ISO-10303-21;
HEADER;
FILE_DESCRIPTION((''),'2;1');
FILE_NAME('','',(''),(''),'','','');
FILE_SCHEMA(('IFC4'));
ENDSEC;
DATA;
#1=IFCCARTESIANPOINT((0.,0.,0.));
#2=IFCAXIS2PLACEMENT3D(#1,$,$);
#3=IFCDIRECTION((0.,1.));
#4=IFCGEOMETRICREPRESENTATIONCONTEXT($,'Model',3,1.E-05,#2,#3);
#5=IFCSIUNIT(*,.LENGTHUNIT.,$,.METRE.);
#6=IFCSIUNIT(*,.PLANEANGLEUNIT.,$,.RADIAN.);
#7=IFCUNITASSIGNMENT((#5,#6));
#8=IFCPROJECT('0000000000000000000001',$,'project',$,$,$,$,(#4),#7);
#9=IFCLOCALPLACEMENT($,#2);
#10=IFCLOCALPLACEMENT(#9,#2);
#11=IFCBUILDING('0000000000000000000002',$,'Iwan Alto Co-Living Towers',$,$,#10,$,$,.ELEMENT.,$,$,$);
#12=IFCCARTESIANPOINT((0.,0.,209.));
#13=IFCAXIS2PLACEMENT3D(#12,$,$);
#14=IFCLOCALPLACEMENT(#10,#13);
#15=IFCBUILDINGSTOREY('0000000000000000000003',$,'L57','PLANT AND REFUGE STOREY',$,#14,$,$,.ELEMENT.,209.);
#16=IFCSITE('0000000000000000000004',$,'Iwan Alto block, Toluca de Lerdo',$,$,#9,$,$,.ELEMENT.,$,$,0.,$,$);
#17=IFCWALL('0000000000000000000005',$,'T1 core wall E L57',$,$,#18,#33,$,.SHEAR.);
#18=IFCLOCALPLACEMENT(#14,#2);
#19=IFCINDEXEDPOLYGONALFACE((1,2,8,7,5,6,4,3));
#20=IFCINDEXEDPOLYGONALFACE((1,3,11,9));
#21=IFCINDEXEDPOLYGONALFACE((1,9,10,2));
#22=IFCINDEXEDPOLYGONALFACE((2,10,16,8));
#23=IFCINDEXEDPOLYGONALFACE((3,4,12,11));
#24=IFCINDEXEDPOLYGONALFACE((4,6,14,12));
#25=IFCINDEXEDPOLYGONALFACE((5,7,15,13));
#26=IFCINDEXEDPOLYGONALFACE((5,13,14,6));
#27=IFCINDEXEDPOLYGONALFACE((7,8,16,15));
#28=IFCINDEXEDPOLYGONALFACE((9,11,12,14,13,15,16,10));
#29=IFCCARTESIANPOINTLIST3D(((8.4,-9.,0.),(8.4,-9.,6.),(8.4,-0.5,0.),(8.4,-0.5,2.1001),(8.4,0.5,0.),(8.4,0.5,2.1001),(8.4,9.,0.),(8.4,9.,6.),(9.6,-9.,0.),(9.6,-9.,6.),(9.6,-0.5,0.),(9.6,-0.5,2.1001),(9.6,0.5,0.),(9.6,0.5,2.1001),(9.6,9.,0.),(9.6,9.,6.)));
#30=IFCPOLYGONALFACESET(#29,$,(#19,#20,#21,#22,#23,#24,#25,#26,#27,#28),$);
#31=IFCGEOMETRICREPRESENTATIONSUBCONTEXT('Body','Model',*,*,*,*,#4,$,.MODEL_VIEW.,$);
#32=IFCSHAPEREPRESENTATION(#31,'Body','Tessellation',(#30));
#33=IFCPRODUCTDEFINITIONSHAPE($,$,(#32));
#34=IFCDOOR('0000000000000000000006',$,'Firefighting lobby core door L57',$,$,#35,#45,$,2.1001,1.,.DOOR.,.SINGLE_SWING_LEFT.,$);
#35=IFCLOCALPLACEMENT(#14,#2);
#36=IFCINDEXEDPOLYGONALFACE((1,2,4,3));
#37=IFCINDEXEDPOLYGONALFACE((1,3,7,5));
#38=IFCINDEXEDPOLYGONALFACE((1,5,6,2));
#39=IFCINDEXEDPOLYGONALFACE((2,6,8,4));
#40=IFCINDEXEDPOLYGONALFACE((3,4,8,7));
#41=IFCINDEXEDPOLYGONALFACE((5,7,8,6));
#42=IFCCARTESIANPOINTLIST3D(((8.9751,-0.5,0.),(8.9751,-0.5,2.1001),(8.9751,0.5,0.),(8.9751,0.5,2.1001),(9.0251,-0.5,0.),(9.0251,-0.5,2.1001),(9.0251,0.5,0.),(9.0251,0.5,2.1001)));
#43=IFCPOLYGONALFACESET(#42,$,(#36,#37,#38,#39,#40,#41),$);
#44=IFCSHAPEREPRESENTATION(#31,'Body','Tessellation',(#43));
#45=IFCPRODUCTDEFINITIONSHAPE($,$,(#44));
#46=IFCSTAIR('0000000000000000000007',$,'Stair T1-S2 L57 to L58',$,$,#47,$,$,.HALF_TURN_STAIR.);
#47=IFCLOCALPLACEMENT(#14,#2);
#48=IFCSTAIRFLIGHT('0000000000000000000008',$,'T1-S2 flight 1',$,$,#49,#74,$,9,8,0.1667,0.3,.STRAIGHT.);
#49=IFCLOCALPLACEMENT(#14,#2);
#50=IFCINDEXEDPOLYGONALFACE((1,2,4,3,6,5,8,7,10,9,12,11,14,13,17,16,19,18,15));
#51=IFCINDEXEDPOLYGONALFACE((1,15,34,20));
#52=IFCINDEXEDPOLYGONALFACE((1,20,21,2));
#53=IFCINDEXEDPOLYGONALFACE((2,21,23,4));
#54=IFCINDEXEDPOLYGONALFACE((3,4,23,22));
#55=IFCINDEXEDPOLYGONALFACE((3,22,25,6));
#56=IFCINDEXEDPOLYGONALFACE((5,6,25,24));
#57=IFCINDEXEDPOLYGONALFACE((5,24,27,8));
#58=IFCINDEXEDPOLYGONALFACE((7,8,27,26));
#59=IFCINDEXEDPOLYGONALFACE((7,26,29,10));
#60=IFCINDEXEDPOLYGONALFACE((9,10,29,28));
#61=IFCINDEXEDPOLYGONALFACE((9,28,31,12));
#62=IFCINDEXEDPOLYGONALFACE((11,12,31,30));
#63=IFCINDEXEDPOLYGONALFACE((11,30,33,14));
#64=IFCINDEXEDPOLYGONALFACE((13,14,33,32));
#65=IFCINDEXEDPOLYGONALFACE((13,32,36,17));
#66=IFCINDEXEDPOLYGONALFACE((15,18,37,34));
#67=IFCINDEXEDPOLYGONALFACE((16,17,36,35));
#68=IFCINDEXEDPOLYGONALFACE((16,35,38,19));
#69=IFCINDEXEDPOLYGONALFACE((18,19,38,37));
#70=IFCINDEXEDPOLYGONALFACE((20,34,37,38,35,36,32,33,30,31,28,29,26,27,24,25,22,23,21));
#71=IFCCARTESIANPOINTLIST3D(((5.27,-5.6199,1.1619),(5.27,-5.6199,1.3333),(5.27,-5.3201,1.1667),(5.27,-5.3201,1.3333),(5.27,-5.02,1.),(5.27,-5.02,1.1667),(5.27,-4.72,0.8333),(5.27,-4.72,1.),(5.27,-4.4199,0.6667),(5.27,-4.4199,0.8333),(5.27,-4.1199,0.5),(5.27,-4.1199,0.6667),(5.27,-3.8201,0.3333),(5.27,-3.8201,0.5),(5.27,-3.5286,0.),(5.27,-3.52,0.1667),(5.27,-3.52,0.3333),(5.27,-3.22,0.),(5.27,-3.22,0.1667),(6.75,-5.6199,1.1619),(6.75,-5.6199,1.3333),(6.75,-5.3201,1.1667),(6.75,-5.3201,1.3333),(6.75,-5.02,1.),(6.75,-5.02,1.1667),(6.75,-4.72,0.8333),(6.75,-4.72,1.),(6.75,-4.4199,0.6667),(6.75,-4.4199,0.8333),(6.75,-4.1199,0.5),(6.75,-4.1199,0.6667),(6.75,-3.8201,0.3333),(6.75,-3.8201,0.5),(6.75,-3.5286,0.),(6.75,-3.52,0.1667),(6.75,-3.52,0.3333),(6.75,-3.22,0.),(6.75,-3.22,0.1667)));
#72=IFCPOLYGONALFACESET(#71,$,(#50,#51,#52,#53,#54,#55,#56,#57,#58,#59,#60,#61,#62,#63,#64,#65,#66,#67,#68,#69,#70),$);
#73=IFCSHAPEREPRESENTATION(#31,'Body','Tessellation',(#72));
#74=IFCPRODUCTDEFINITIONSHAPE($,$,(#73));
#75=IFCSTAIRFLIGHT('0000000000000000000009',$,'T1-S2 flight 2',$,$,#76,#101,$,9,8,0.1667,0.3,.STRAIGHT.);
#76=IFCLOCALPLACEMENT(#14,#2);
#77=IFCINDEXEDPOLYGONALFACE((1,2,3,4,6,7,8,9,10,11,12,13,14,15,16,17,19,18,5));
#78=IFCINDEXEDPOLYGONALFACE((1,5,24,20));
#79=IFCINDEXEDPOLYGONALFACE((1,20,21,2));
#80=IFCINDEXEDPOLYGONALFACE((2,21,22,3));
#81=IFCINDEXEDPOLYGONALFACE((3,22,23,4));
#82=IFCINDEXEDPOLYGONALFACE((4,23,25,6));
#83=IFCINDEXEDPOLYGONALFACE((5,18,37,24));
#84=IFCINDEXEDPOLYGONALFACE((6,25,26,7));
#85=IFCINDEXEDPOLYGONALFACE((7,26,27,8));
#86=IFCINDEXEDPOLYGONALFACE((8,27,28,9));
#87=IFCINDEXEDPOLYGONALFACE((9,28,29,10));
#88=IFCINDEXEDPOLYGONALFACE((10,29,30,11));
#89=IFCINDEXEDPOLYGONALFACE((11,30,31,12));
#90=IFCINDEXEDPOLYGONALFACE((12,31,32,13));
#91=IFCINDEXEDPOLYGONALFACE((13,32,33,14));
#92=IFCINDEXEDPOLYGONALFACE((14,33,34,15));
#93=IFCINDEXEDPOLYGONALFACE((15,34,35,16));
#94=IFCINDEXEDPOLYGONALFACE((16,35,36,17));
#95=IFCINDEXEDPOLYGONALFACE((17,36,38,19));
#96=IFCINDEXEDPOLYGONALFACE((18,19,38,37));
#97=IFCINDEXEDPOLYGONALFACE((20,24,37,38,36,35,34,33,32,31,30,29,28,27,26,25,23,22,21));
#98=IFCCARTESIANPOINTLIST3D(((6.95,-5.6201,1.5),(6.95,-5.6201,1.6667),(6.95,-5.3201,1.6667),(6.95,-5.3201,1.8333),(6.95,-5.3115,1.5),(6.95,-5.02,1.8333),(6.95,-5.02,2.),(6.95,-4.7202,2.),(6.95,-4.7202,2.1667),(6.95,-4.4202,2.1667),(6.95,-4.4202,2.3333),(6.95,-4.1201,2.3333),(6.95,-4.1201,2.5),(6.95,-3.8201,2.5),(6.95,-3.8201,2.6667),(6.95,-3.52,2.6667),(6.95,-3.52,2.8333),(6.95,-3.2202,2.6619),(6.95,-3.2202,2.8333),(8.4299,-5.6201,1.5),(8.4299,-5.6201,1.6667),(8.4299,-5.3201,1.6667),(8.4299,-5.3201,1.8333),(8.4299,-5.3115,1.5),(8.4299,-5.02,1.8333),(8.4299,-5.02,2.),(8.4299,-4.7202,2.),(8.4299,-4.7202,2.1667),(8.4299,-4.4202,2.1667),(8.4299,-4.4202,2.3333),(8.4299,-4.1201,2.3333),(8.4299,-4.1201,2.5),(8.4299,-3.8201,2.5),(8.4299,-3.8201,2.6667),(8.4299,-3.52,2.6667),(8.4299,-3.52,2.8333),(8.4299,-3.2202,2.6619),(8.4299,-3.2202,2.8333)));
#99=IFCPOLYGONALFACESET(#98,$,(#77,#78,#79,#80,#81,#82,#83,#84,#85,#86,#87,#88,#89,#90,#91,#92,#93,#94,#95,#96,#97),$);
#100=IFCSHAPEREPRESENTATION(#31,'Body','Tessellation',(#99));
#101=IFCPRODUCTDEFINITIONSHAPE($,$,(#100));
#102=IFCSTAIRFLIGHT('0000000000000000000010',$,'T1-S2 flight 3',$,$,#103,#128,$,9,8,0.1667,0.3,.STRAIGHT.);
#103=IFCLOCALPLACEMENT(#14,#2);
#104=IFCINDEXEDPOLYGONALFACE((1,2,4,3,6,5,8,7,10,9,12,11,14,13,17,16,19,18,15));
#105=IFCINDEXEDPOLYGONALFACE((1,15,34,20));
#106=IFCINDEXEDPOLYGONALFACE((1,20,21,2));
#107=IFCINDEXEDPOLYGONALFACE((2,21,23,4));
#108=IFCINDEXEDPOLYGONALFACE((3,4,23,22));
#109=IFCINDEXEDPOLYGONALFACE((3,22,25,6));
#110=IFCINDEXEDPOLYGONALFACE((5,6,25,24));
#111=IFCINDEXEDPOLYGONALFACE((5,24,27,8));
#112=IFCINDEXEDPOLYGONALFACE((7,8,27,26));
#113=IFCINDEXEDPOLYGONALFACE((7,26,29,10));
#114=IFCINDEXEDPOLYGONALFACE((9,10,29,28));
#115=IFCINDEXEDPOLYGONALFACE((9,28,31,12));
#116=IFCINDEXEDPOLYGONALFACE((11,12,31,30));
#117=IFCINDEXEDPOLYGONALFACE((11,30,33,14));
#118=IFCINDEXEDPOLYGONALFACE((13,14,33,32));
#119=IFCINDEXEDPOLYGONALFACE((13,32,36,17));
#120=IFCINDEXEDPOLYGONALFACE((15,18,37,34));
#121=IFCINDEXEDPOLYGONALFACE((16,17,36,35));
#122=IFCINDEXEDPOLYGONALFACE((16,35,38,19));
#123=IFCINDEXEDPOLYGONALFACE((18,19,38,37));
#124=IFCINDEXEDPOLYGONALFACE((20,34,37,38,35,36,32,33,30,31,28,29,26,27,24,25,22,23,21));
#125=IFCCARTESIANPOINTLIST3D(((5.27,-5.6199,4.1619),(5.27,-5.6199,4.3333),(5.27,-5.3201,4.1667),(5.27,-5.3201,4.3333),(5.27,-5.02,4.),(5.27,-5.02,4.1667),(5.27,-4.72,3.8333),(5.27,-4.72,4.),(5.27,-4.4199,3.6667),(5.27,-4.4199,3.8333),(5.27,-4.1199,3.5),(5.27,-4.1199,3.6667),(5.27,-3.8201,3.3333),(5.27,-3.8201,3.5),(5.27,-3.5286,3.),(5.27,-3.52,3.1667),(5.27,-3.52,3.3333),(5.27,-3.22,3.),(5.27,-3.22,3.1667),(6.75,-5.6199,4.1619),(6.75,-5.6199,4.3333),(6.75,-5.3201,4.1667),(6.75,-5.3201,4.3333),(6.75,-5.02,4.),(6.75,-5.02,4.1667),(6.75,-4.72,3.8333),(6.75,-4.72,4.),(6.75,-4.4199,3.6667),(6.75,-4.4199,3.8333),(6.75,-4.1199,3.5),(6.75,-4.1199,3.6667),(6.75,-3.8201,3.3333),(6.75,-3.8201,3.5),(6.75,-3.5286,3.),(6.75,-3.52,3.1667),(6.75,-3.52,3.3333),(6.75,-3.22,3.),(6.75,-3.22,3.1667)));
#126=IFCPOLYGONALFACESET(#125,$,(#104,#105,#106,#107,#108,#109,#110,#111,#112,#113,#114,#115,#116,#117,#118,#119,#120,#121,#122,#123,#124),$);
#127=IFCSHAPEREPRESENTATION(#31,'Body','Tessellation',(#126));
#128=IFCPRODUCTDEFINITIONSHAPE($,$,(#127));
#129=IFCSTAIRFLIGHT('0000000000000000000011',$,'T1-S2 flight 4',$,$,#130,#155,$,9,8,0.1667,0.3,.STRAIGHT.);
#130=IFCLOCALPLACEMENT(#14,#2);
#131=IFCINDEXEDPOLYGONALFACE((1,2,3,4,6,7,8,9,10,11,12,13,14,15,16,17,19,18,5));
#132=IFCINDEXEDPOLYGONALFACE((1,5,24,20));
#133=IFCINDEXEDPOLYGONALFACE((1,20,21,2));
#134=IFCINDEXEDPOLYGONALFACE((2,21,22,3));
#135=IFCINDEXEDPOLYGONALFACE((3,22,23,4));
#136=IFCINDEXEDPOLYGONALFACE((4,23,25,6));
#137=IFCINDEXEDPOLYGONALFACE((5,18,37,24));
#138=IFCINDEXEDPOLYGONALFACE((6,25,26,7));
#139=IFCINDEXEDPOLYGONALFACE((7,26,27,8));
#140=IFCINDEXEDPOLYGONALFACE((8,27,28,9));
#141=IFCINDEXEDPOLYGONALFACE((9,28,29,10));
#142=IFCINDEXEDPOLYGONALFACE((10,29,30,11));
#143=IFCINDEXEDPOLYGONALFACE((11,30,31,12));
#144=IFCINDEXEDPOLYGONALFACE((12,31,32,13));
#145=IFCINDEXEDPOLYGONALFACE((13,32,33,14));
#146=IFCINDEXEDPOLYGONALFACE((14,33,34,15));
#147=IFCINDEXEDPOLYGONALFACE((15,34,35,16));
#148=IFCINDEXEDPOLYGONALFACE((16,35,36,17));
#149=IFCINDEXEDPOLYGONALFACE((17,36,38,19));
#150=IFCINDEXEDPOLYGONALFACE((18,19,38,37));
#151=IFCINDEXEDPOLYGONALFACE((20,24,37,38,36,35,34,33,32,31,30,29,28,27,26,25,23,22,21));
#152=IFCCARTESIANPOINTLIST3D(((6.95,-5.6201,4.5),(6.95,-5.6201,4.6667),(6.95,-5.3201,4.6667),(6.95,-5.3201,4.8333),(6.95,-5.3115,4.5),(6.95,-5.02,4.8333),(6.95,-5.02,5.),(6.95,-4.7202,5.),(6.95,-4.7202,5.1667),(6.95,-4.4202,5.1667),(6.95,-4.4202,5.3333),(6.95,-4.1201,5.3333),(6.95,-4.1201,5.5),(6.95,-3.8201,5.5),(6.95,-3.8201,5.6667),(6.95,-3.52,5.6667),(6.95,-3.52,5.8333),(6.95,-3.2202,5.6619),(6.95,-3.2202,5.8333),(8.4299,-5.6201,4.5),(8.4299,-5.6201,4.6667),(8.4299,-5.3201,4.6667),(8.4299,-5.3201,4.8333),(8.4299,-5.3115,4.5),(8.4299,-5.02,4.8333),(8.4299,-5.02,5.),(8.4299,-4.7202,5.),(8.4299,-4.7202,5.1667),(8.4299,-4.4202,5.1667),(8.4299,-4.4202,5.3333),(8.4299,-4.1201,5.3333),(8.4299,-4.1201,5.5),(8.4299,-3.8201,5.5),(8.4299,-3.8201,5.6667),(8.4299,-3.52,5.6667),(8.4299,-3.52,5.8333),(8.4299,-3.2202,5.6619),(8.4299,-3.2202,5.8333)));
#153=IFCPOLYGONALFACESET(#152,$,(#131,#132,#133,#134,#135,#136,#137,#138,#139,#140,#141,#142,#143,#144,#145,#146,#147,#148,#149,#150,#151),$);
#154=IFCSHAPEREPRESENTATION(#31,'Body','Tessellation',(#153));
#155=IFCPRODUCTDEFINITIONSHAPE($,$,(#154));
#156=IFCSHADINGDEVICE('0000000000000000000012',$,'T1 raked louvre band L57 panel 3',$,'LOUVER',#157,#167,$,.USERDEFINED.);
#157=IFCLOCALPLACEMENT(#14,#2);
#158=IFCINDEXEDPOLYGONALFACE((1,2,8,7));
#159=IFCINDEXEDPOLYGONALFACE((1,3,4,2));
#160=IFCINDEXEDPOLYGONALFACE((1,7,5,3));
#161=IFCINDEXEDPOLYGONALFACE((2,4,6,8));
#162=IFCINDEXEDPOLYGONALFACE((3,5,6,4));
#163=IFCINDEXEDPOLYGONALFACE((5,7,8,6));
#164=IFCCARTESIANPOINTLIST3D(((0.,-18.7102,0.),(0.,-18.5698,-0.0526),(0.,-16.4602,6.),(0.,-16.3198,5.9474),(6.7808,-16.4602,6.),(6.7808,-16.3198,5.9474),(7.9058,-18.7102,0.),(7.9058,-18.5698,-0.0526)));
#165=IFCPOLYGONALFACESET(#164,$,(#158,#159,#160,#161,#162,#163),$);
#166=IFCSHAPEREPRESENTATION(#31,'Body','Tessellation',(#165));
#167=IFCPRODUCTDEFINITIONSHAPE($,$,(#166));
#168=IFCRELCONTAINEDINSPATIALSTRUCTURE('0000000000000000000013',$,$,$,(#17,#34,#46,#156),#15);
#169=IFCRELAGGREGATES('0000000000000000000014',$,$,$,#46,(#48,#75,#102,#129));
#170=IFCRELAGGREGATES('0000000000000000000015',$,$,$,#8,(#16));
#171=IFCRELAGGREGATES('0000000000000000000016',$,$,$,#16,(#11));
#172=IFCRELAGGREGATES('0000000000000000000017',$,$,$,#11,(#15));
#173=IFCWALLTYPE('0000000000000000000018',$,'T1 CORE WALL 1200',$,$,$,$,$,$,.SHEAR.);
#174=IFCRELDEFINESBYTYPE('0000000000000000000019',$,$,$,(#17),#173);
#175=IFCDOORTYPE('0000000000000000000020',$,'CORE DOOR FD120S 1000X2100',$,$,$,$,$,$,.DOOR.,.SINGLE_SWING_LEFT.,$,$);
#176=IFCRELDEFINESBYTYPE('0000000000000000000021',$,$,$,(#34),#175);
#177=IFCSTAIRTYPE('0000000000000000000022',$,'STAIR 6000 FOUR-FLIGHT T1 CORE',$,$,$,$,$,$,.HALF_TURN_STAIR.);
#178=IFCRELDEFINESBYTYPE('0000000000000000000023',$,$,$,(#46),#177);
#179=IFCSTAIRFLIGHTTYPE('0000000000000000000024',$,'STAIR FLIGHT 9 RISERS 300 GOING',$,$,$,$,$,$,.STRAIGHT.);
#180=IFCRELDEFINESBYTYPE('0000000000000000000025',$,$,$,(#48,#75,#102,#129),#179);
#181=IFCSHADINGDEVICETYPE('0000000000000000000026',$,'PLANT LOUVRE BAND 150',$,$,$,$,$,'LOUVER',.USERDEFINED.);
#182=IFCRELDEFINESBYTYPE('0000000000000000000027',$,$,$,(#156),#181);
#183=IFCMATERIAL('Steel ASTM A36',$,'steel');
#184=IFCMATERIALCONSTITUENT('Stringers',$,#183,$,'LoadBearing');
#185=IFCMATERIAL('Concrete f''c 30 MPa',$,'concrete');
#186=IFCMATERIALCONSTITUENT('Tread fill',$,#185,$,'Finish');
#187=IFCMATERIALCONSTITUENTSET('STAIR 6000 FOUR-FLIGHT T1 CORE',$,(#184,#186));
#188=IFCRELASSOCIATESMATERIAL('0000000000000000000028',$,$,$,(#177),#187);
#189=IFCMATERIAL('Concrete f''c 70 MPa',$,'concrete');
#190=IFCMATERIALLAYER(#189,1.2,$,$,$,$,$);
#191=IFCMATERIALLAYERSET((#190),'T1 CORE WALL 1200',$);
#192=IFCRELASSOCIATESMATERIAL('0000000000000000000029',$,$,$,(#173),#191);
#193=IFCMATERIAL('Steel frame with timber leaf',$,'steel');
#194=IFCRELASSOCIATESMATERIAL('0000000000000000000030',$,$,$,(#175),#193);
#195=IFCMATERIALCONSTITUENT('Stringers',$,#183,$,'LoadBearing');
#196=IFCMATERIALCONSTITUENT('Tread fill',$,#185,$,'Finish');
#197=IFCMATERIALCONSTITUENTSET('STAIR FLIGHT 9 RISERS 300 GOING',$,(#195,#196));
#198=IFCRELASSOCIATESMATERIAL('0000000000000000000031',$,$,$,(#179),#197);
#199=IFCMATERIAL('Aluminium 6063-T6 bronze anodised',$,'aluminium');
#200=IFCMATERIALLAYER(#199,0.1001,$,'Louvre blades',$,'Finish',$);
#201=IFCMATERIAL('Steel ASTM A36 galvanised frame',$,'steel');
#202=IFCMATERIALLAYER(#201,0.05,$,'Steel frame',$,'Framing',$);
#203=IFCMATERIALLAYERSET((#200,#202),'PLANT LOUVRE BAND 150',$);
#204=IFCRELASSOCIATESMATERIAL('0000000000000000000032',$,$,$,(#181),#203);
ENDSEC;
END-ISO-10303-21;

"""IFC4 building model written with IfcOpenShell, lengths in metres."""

from ifc_helpers import new_model, si_unit, direction, frame, frame_2d, origin, place, context, subcontext, project, spatial, polyline, rectangle, outline, extrude, material, layer, layer_set, constituent, constituent_set, type_object, element, fill, aggregate, save


model = new_model("IFC4")

# Units and contexts
model_context = context("Model", 3, precision=1e-05, world=origin(), true_north=direction((0.0, 1.0)))
body_context = subcontext(model_context, "Body", "Model", "MODEL_VIEW")
ifc_project = project(units=[si_unit("LENGTHUNIT", "METRE"), si_unit("PLANEANGLEUNIT", "RADIAN")], contexts=[model_context])

# Site, building, storey
site_placement = place(None, origin())
site = spatial("IfcSite", under=ifc_project, at=site_placement, Name="Iwan Alto block, Toluca de Lerdo", CompositionType="ELEMENT", RefElevation=0.0)
building_placement = place(site_placement, origin())
building = spatial("IfcBuilding", under=site, at=building_placement, Name="Iwan Alto Co-Living Towers", CompositionType="ELEMENT")
storey_placement = place(building_placement, frame((0.0, 0.0, 209.0)))
storey = spatial("IfcBuildingStorey", under=building, at=storey_placement, Name="L57", Description="PLANT AND REFUGE STOREY", CompositionType="ELEMENT", Elevation=209.0)

# Shared definitions
ifc_material_1 = material(Name="Steel ASTM A36", Category="steel")
ifc_constituent_1 = constituent(ifc_material_1, Name="Stringers", Category="LoadBearing")
ifc_material_2 = material(Name="Concrete f'c 30 MPa", Category="concrete")
ifc_constituent_2 = constituent(ifc_material_2, Name="Tread fill", Category="Finish")
ifc_constituent_set_1 = constituent_set(constituents=[ifc_constituent_1, ifc_constituent_2], Name="STAIR 6000 FOUR-FLIGHT T1 CORE")
stair_type = type_object("IfcStairType", Name="STAIR 6000 FOUR-FLIGHT T1 CORE", PredefinedType="HALF_TURN_STAIR", material=ifc_constituent_set_1)

# Wall, opening, door
ifc_material_3 = material(Name="Concrete f'c 70 MPa", Category="concrete")
ifc_layer_1 = layer(ifc_material_3, 1.2)
ifc_layer_set_1 = layer_set([ifc_layer_1], Name="T1 CORE WALL 1200")
wall_type_1 = type_object("IfcWallType", Name="T1 CORE WALL 1200", PredefinedType="SHEAR", material=ifc_layer_set_1)
wall_1_placement = place(storey_placement, frame((9.0, -9.0, 0.0), z_axis=(0.0, 0.0, 1.0), x_axis=(0.0, 1.0, 0.0)))
wall_1 = element("IfcWall", 1, at=wall_1_placement, inside=storey, type_object=wall_type_1, Name="T1 core wall E L57", PredefinedType="SHEAR", context=body_context, shape_type="SweptSolid", body=[
    extrude(rectangle(XDim=18.0, YDim=1.2, at=frame_2d((9.0, 0.0))), origin(), (0.0, 0.0, 1.0), 6.0),
])
opening_1_placement = place(wall_1_placement, frame((8.5, 0.0, 0.0)))
opening_1 = element("IfcOpeningElement", 2, at=opening_1_placement, cuts=wall_1, PredefinedType="OPENING", context=body_context, shape_type="SweptSolid", body=[
    extrude(rectangle(XDim=1.0, YDim=2.1001, at=frame_2d((0.5, 1.05))), frame((0.0, 0.6099, 0.0), z_axis=(0.0, -1.0, 0.0), x_axis=(1.0, 0.0, 0.0)), (0.0, 0.0, 1.0), 1.22),
])
ifc_material_4 = material(Name="Steel frame with timber leaf", Category="steel")
door_type_1 = type_object("IfcDoorType", Name="CORE DOOR FD120S 1000X2100", OperationType="SINGLE_SWING_LEFT", PredefinedType="DOOR", material=ifc_material_4)
door_1_placement = place(opening_1_placement, origin())
door_1 = element("IfcDoor", 3, at=door_1_placement, inside=storey, type_object=door_type_1, Name="Firefighting lobby core door L57", OperationType="SINGLE_SWING_LEFT", OverallHeight=2.1001, OverallWidth=1.0, PredefinedType="DOOR", context=body_context, shape_type="SweptSolid", body=[
    extrude(rectangle(XDim=1.0, YDim=2.1001, at=frame_2d((0.5, 1.05))), frame((0.0, 0.0249, 0.0), z_axis=(0.0, -1.0, 0.0), x_axis=(1.0, 0.0, 0.0)), (0.0, 0.0, 1.0), 0.05),
])
fill(opening_1, door_1)

# Stair, stair flights
stair_1_placement = place(storey_placement, origin())
stair_1 = element("IfcStair", 4, at=stair_1_placement, inside=storey, type_object=stair_type, Name="Stair T1-S2 L57 to L58", PredefinedType="HALF_TURN_STAIR")
ifc_constituent_3 = constituent(ifc_material_1, Name="Stringers", Category="LoadBearing")
ifc_constituent_4 = constituent(ifc_material_2, Name="Tread fill", Category="Finish")
ifc_constituent_set_2 = constituent_set(constituents=[ifc_constituent_3, ifc_constituent_4], Name="STAIR FLIGHT 9 RISERS 300 GOING")
stair_flight_type = type_object("IfcStairFlightType", Name="STAIR FLIGHT 9 RISERS 300 GOING", PredefinedType="STRAIGHT", material=ifc_constituent_set_2)
stair_flight_1_placement = place(storey_placement, frame((6.01, -3.22, 0.0), z_axis=(0.0, 0.0, 1.0), x_axis=(0.0, -1.0, 0.0)))
stair_flight_1 = element("IfcStairFlight", 5, at=stair_flight_1_placement, type_object=stair_flight_type, Name="T1-S2 flight 1", NumberOfRisers=9, NumberOfTreads=8, PredefinedType="STRAIGHT", RiserHeight=0.1667, TreadLength=0.3, context=body_context, shape_type="SweptSolid", body=[
    extrude(outline(polyline([(0.0, 0.0), (0.0, 0.1667), (0.3, 0.1667), (0.3, 0.3333), (0.6001, 0.3333), (0.6001, 0.5), (0.8999, 0.5), (0.8999, 0.6667), (1.2, 0.6667), (1.2, 0.8333), (1.5, 0.8333), (1.5, 1.0), (1.8, 1.0), (1.8, 1.1667), (2.1001, 1.1667), (2.1001, 1.3333), (2.3999, 1.3333), (2.3999, 1.5), (2.3999, 1.1619), (0.3086, 0.0), (0.0, 0.0)])), frame((0.0, 0.74, 0.0), z_axis=(0.0, -1.0, 0.0), x_axis=(1.0, 0.0, 0.0)), (0.0, 0.0, 1.0), 1.48),
])
stair_flight_2_placement = place(storey_placement, frame((7.6899, -5.6201, 1.5), z_axis=(0.0, 0.0, 1.0), x_axis=(0.0, 1.0, 0.0)))
stair_flight_2 = element("IfcStairFlight", 6, at=stair_flight_2_placement, type_object=stair_flight_type, Name="T1-S2 flight 2", NumberOfRisers=9, NumberOfTreads=8, PredefinedType="STRAIGHT", RiserHeight=0.1667, TreadLength=0.3, context=body_context, shape_type="SweptSolid", body=[
    extrude(outline(polyline([(0.0, 0.0), (0.0, 0.1667), (0.3, 0.1667), (0.3, 0.3333), (0.6001, 0.3333), (0.6001, 0.5), (0.8999, 0.5), (0.8999, 0.6667), (1.2, 0.6667), (1.2, 0.8333), (1.5, 0.8333), (1.5, 1.0), (1.8, 1.0), (1.8, 1.1667), (2.1001, 1.1667), (2.1001, 1.3333), (2.3999, 1.3333), (2.3999, 1.5), (2.3999, 1.1619), (0.3086, 0.0), (0.0, 0.0)])), frame((0.0, 0.74, 0.0), z_axis=(0.0, -1.0, 0.0), x_axis=(1.0, 0.0, 0.0)), (0.0, 0.0, 1.0), 1.48),
])
stair_flight_3_placement = place(storey_placement, frame((6.01, -3.22, 3.0), z_axis=(0.0, 0.0, 1.0), x_axis=(0.0, -1.0, 0.0)))
stair_flight_3 = element("IfcStairFlight", 7, at=stair_flight_3_placement, type_object=stair_flight_type, Name="T1-S2 flight 3", NumberOfRisers=9, NumberOfTreads=8, PredefinedType="STRAIGHT", RiserHeight=0.1667, TreadLength=0.3, context=body_context, shape_type="SweptSolid", body=[
    extrude(outline(polyline([(0.0, 0.0), (0.0, 0.1667), (0.3, 0.1667), (0.3, 0.3333), (0.6001, 0.3333), (0.6001, 0.5), (0.8999, 0.5), (0.8999, 0.6667), (1.2, 0.6667), (1.2, 0.8333), (1.5, 0.8333), (1.5, 1.0), (1.8, 1.0), (1.8, 1.1667), (2.1001, 1.1667), (2.1001, 1.3333), (2.3999, 1.3333), (2.3999, 1.5), (2.3999, 1.1619), (0.3086, 0.0), (0.0, 0.0)])), frame((0.0, 0.74, 0.0), z_axis=(0.0, -1.0, 0.0), x_axis=(1.0, 0.0, 0.0)), (0.0, 0.0, 1.0), 1.48),
])
stair_flight_4_placement = place(storey_placement, frame((7.6899, -5.6201, 4.5), z_axis=(0.0, 0.0, 1.0), x_axis=(0.0, 1.0, 0.0)))
stair_flight_4 = element("IfcStairFlight", 8, at=stair_flight_4_placement, type_object=stair_flight_type, Name="T1-S2 flight 4", NumberOfRisers=9, NumberOfTreads=8, PredefinedType="STRAIGHT", RiserHeight=0.1667, TreadLength=0.3, context=body_context, shape_type="SweptSolid", body=[
    extrude(outline(polyline([(0.0, 0.0), (0.0, 0.1667), (0.3, 0.1667), (0.3, 0.3333), (0.6001, 0.3333), (0.6001, 0.5), (0.8999, 0.5), (0.8999, 0.6667), (1.2, 0.6667), (1.2, 0.8333), (1.5, 0.8333), (1.5, 1.0), (1.8, 1.0), (1.8, 1.1667), (2.1001, 1.1667), (2.1001, 1.3333), (2.3999, 1.3333), (2.3999, 1.5), (2.3999, 1.1619), (0.3086, 0.0), (0.0, 0.0)])), frame((0.0, 0.74, 0.0), z_axis=(0.0, -1.0, 0.0), x_axis=(1.0, 0.0, 0.0)), (0.0, 0.0, 1.0), 1.48),
])
aggregate(stair_1, [stair_flight_1, stair_flight_2, stair_flight_3, stair_flight_4])

# Shading device
ifc_material_5 = material(Name="Aluminium 6063-T6 bronze anodised", Category="aluminium")
ifc_layer_2 = layer(ifc_material_5, 0.1001, Name="Louvre blades", Category="Finish")
ifc_material_6 = material(Name="Steel ASTM A36 galvanised frame", Category="steel")
ifc_layer_3 = layer(ifc_material_6, 0.05, Name="Steel frame", Category="Framing")
ifc_layer_set_2 = layer_set([ifc_layer_2, ifc_layer_3], Name="PLANT LOUVRE BAND 150")
shading_device_type = type_object("IfcShadingDeviceType", Name="PLANT LOUVRE BAND 150", ElementType="LOUVER", PredefinedType="USERDEFINED", material=ifc_layer_set_2)
shading_device_1_placement = place(storey_placement, frame((0.0, -18.7102, 0.0), z_axis=(0.0, -0.936329, 0.351123), x_axis=(1.0, 0.0, 0.0)))
element("IfcShadingDevice", 9, at=shading_device_1_placement, inside=storey, type_object=shading_device_type, Name="T1 raked louvre band L57 panel 3", ObjectType="LOUVER", PredefinedType="USERDEFINED", context=body_context, shape_type="SweptSolid", body=[
    extrude(outline(polyline([(0.0, 0.0), (7.9058, 0.0), (6.7808, 6.408), (0.0, 6.408), (0.0, 0.0)])), origin(), (0.0, 0.0, -1.0), 0.1499),
])

save(model, "model.ifc")
